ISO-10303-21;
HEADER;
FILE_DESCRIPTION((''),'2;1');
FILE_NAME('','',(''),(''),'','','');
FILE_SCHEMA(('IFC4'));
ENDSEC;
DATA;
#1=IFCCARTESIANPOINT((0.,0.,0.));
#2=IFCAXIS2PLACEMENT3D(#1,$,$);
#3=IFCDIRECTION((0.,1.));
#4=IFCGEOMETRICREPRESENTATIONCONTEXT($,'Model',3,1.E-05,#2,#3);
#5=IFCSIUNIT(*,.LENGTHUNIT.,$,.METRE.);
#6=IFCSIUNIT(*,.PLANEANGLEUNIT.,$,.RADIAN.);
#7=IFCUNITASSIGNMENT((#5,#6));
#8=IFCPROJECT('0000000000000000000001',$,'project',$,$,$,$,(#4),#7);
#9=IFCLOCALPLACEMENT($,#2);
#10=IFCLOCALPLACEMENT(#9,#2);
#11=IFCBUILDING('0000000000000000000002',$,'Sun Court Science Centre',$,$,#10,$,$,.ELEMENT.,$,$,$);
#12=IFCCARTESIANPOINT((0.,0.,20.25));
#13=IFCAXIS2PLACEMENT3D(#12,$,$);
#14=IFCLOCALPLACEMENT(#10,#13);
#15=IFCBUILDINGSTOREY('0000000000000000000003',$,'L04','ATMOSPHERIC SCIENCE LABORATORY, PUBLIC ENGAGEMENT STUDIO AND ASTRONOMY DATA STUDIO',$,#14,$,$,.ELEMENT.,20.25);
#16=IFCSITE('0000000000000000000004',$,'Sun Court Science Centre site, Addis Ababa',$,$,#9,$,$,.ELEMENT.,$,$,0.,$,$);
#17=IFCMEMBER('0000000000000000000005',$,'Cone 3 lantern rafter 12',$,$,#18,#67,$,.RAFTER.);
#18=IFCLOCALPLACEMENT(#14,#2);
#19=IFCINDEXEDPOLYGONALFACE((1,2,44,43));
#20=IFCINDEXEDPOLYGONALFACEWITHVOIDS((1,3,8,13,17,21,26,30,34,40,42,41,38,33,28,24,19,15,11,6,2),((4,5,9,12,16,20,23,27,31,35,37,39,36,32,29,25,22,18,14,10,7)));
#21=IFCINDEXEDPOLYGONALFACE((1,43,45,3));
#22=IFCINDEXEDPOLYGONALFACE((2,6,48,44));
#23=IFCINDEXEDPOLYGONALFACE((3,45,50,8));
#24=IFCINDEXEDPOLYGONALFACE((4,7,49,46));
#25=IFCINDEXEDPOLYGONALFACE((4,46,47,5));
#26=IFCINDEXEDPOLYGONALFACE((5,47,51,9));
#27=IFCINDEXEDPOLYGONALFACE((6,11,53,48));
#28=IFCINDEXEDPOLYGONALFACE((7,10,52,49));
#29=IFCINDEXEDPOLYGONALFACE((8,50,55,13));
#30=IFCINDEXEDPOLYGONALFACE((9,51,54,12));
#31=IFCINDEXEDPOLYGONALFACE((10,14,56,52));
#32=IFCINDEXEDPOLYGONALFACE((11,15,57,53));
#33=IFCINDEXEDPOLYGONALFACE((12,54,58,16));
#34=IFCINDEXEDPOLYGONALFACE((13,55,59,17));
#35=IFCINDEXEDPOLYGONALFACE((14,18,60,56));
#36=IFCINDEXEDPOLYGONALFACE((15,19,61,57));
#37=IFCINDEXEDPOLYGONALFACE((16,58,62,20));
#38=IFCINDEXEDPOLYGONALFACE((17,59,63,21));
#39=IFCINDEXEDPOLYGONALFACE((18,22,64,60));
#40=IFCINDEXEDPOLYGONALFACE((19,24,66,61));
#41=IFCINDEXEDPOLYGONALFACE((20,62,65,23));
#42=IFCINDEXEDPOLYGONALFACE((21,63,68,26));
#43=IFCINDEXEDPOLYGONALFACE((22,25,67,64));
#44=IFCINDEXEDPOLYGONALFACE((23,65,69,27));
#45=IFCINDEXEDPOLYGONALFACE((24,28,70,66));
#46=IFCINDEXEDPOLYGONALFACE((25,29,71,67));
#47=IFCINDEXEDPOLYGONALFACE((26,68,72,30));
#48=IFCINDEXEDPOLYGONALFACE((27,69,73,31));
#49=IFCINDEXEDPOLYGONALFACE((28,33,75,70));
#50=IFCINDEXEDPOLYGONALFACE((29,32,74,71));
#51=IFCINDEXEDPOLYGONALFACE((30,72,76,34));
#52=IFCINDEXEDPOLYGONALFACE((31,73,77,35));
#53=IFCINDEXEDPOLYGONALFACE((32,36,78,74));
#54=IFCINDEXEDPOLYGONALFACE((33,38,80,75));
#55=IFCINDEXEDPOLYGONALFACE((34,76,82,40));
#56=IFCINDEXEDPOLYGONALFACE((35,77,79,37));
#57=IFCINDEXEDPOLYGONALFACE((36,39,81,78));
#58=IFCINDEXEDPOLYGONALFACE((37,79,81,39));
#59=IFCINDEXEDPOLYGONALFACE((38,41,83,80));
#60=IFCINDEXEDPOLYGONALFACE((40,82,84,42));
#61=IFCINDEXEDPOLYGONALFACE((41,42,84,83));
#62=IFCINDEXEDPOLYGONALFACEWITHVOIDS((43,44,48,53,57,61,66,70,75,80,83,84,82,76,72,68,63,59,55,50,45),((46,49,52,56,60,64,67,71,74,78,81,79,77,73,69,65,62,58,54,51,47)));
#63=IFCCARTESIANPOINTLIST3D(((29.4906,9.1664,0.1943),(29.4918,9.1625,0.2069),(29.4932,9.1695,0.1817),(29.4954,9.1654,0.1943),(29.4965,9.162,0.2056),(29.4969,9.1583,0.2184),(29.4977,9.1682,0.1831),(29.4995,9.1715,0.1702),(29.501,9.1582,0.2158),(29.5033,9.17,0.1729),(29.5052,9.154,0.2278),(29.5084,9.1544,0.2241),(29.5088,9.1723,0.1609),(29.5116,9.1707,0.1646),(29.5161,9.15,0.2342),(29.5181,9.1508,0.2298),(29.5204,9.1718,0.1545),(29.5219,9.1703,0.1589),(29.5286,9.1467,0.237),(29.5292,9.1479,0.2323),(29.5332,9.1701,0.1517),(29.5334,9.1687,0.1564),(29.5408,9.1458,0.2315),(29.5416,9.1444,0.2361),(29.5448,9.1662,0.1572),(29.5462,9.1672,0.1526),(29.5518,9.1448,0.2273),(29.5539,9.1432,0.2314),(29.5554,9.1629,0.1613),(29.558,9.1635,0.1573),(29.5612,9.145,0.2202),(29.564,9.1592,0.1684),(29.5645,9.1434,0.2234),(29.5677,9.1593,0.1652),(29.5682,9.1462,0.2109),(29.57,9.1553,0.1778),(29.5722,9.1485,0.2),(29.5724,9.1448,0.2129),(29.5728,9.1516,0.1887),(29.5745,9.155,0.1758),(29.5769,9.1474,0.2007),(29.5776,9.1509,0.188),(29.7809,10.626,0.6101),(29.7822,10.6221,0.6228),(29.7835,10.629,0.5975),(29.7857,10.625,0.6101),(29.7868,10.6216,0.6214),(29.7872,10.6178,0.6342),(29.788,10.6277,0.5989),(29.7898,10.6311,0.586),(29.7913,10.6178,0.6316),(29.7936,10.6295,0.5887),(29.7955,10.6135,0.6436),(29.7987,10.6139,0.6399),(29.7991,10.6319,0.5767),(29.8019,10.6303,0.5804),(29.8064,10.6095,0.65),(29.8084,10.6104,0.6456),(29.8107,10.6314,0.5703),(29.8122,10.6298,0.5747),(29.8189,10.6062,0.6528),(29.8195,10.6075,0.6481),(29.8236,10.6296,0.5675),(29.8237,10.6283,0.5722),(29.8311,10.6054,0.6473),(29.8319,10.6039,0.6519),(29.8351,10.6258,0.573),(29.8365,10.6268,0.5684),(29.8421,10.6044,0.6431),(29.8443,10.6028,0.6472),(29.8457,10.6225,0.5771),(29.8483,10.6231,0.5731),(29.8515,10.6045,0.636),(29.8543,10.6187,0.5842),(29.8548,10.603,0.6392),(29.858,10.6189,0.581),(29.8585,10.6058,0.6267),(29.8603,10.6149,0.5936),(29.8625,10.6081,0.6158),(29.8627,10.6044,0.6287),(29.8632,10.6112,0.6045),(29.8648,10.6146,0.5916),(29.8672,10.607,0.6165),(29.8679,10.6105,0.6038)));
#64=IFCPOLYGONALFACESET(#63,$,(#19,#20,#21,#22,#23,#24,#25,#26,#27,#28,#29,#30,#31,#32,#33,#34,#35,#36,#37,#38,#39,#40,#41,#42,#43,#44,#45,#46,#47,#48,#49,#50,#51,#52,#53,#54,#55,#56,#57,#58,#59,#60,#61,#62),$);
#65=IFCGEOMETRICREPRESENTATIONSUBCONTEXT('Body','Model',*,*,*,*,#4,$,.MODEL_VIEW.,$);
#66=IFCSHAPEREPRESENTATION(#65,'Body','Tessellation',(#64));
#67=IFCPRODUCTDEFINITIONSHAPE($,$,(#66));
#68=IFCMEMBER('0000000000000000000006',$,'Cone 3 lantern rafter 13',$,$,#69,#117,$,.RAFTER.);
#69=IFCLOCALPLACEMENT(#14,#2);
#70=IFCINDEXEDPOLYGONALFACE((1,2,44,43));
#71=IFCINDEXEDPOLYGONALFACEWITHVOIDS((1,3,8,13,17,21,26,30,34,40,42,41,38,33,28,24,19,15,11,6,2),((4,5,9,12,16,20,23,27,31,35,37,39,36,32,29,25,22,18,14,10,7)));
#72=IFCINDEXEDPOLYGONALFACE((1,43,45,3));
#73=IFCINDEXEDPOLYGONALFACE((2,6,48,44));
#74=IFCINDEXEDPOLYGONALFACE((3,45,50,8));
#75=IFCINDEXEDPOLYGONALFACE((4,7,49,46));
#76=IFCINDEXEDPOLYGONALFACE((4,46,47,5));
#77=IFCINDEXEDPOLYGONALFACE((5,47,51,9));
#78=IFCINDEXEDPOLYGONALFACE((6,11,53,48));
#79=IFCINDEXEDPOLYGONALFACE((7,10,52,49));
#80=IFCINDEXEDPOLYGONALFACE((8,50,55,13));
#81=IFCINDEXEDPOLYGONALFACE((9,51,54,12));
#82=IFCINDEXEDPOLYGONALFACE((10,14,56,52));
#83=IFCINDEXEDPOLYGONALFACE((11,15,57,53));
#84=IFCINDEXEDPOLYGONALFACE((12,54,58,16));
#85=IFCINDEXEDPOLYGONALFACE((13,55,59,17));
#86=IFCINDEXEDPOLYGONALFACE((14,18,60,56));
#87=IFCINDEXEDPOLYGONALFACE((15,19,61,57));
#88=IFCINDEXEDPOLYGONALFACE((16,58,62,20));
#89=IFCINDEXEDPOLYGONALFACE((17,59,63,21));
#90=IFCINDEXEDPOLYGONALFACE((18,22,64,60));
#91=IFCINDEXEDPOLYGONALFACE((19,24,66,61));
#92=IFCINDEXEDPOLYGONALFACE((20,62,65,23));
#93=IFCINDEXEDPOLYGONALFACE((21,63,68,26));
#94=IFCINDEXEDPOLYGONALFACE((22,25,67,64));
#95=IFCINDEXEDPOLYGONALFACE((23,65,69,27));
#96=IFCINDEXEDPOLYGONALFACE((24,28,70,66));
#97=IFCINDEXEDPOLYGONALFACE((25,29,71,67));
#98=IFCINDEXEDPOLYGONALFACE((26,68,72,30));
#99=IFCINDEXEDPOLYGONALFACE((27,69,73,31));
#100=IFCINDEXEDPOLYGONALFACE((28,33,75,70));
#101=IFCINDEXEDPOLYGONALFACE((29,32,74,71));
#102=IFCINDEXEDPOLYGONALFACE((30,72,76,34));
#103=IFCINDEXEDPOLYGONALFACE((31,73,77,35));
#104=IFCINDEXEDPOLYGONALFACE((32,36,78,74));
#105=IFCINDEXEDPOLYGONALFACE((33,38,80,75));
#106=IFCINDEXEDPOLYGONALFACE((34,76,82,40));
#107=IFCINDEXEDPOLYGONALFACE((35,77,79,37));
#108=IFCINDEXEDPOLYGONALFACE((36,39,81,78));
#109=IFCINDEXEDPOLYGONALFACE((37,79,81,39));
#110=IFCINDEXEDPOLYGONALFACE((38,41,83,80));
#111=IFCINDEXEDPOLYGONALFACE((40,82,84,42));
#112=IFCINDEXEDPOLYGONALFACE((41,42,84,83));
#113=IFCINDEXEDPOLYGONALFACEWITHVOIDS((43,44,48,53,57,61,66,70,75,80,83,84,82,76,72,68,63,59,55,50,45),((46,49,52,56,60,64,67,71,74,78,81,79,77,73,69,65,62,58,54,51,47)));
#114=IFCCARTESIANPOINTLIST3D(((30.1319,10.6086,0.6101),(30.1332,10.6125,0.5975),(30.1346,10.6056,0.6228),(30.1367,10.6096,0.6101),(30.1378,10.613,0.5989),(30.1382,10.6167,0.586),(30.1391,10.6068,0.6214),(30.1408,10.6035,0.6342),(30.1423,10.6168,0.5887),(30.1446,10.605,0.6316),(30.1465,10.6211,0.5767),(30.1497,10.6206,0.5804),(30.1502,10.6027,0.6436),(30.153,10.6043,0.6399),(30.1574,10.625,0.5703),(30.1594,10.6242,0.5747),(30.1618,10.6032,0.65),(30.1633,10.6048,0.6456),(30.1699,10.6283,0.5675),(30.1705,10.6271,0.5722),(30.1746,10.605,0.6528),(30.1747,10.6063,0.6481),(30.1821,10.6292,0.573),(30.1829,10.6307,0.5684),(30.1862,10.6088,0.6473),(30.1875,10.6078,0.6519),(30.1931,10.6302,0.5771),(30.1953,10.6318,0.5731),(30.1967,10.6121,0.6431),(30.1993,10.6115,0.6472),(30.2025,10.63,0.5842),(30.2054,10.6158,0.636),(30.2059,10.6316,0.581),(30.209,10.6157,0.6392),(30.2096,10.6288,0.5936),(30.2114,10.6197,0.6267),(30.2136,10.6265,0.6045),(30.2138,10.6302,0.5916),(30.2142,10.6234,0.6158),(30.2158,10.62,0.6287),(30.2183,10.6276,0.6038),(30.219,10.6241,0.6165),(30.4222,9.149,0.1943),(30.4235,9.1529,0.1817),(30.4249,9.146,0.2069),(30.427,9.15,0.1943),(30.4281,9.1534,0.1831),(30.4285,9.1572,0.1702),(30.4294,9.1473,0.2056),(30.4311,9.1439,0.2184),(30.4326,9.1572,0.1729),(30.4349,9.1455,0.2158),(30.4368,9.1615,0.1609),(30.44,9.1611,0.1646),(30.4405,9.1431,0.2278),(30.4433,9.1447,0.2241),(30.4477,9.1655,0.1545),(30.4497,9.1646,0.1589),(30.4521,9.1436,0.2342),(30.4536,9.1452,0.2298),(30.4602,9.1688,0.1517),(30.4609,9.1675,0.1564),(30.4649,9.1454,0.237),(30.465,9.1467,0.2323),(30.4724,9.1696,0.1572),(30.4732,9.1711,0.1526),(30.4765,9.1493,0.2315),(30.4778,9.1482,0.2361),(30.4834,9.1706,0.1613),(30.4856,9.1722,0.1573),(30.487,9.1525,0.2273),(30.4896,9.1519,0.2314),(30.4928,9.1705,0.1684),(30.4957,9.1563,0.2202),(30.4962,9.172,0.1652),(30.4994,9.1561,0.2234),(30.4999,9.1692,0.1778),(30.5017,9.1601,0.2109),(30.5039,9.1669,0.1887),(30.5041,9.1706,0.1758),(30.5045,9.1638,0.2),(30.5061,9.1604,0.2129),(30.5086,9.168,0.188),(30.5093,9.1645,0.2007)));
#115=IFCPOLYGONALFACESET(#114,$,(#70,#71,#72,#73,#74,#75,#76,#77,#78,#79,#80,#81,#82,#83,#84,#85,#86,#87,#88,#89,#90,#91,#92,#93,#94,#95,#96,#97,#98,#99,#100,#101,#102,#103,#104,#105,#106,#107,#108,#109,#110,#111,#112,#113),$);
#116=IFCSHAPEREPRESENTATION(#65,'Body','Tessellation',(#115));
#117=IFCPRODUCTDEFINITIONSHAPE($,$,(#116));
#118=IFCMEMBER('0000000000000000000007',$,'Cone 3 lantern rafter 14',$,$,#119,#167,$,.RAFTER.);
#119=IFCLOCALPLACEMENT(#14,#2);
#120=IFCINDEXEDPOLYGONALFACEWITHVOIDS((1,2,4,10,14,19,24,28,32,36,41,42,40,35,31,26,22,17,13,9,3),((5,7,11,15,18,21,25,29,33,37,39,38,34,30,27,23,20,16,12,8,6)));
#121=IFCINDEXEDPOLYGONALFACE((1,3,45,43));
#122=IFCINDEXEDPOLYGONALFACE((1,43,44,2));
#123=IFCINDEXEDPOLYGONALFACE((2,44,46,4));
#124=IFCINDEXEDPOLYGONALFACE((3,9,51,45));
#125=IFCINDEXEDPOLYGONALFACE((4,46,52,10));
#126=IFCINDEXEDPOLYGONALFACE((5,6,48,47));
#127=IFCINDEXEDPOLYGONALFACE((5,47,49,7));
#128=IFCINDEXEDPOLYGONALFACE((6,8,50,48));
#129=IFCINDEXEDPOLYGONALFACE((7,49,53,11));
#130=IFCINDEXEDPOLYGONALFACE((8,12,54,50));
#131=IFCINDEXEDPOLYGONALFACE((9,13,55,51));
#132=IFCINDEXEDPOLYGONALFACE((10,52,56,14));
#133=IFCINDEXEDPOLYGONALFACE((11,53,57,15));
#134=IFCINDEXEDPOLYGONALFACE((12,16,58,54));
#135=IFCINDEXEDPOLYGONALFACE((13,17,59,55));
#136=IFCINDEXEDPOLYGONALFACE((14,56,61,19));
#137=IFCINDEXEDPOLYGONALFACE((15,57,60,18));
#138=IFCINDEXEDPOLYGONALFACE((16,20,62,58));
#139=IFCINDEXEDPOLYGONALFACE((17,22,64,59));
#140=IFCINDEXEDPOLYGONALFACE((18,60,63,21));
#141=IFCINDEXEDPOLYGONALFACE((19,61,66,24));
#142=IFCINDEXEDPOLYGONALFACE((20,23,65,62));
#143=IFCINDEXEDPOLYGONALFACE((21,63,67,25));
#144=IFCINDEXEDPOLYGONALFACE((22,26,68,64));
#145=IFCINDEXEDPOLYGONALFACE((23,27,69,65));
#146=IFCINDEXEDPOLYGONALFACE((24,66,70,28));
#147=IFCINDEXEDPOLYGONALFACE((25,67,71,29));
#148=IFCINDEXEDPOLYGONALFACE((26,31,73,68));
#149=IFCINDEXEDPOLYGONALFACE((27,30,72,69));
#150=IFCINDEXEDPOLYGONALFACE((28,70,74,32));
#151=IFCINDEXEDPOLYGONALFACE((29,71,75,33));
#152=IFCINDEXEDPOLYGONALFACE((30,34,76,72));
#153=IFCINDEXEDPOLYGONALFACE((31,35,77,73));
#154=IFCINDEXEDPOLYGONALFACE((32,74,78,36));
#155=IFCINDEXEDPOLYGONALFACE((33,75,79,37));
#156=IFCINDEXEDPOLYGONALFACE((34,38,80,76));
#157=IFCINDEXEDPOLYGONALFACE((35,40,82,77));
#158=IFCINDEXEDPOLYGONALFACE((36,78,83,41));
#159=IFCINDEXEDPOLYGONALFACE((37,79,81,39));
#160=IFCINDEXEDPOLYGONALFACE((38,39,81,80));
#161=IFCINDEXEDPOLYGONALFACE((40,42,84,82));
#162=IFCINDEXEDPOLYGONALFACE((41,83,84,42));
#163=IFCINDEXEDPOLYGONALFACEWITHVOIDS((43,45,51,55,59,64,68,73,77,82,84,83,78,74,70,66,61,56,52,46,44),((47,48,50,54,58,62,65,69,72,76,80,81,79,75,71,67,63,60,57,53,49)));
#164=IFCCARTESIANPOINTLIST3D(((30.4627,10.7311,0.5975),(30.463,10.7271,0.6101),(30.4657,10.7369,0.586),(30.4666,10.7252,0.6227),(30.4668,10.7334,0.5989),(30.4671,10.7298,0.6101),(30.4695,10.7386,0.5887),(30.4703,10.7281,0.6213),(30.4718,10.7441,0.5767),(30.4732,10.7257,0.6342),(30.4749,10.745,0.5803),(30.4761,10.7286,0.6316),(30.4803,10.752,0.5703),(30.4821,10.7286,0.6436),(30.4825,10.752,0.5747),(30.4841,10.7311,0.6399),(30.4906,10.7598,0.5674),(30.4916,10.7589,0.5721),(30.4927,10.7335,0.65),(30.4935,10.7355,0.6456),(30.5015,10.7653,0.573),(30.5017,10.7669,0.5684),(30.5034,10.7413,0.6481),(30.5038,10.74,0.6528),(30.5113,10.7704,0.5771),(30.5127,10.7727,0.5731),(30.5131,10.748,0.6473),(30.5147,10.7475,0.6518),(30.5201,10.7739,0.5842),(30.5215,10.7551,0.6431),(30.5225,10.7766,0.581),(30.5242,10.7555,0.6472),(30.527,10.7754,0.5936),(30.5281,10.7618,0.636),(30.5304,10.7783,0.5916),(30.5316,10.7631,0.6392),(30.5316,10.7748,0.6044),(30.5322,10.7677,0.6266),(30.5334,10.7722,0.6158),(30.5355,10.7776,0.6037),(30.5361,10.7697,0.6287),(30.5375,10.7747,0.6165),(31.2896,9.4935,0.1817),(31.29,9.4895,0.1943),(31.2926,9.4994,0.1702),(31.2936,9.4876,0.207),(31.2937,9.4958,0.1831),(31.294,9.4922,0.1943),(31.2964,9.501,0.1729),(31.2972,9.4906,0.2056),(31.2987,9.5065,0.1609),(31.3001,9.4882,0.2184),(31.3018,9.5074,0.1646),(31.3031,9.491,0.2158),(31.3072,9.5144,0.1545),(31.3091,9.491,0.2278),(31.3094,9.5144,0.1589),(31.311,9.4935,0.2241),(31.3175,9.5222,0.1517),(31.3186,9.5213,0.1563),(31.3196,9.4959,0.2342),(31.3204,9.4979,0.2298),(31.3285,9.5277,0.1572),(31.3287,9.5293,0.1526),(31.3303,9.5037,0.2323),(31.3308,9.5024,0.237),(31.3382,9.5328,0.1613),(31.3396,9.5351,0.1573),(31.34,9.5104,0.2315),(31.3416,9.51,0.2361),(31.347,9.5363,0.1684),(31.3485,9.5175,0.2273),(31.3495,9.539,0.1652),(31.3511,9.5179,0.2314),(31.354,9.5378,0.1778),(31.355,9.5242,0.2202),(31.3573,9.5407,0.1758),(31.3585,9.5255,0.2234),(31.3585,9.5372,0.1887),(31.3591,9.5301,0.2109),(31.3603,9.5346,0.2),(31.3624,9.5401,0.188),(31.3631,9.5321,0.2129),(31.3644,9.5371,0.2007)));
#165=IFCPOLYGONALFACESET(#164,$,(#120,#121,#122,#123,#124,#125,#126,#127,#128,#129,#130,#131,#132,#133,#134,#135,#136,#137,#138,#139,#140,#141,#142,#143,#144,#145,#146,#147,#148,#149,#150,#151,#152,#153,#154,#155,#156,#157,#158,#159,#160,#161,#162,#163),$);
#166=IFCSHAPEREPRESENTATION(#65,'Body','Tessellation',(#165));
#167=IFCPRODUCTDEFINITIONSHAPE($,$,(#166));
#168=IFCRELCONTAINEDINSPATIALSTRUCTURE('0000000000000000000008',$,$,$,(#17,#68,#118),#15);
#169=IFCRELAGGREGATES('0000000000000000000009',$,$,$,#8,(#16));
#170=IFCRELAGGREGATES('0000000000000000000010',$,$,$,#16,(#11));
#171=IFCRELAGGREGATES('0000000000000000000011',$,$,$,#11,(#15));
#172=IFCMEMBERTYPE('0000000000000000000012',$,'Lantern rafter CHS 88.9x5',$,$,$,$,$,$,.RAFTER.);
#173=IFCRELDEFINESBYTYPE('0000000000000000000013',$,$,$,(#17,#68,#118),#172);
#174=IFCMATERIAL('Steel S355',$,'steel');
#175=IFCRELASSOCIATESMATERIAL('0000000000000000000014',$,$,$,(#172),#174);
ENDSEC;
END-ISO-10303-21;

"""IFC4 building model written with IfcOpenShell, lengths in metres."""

from ifc_helpers import new_model, si_unit, direction, frame, origin, origin_2d, place, context, subcontext, project, spatial, hollow_circle, extrude, material, material_profile, profile_set, type_object, element, save


model = new_model("IFC4")

# Units and contexts
model_context = context("Model", 3, precision=1e-05, world=origin(), true_north=direction((0.0, 1.0)))
body_context = subcontext(model_context, "Body", "Model", "MODEL_VIEW")
ifc_project = project(units=[si_unit("LENGTHUNIT", "METRE"), si_unit("PLANEANGLEUNIT", "RADIAN")], contexts=[model_context])

# Site, building, storey
site_placement = place(None, origin())
site = spatial("IfcSite", under=ifc_project, at=site_placement, Name="Sun Court Science Centre site, Addis Ababa", CompositionType="ELEMENT", RefElevation=0.0)
building_placement = place(site_placement, origin())
building = spatial("IfcBuilding", under=site, at=building_placement, Name="Sun Court Science Centre", CompositionType="ELEMENT")
storey_placement = place(building_placement, frame((0.0, 0.0, 20.25)))
storey = spatial("IfcBuildingStorey", under=building, at=storey_placement, Name="L04", Description="ATMOSPHERIC SCIENCE LABORATORY, PUBLIC ENGAGEMENT STUDIO AND ASTRONOMY DATA STUDIO", CompositionType="ELEMENT", Elevation=20.25)

# Members
ifc_material_1 = material(Name="Steel S355", Category="steel")
ifc_material_profile_1 = material_profile(ifc_material_1, hollow_circle(Radius=0.0444, WallThickness=0.0049, at=origin_2d()), Name="CHS 88.9x5")
ifc_profile_set_1 = profile_set([ifc_material_profile_1], Name="Steel S355")
member_type_1 = type_object("IfcMemberType", Name="Lantern rafter CHS 88.9x5", PredefinedType="RAFTER", material=ifc_profile_set_1)
for number, where, z_axis, x_axis, name in (
    (1, (29.5342, 9.1577, 0.1943), (0.187879, 0.94461, 0.269098), (-0.980788, 0.195075, 0.0), "Cone 3 lantern rafter 12"),
    (2, (30.4658, 9.1577, 0.1943), (-0.187879, 0.94461, 0.269098), (-0.980788, -0.195075, 0.0), "Cone 3 lantern rafter 13"),
):
    element("IfcMember", number, at=place(storey_placement, frame(where, z_axis=z_axis, x_axis=x_axis)), inside=storey, type_object=member_type_1, Name=name, PredefinedType="RAFTER", context=body_context, shape_type="SweptSolid", body=[
        extrude(hollow_circle(Radius=0.0444, WallThickness=0.0049, at=origin_2d()), origin(), (0.0, 0.0, 1.0), 1.5452),
    ])
for number, where, z_axis, x_axis, name in (
    (3, (31.3269, 9.5142, 0.1943), (-0.535086, 0.800811, 0.269044), (-0.831469, -0.555571, 0.0), "Cone 3 lantern rafter 14"),
):
    element("IfcMember", number, at=place(storey_placement, frame(where, z_axis=z_axis, x_axis=x_axis)), inside=storey, type_object=member_type_1, Name=name, PredefinedType="RAFTER", context=body_context, shape_type="SweptSolid", body=[
        extrude(hollow_circle(Radius=0.0444, WallThickness=0.0049, at=origin_2d()), origin(), (0.0, 0.0, 1.0), 1.5454),
    ])

save(model, "model.ifc")
